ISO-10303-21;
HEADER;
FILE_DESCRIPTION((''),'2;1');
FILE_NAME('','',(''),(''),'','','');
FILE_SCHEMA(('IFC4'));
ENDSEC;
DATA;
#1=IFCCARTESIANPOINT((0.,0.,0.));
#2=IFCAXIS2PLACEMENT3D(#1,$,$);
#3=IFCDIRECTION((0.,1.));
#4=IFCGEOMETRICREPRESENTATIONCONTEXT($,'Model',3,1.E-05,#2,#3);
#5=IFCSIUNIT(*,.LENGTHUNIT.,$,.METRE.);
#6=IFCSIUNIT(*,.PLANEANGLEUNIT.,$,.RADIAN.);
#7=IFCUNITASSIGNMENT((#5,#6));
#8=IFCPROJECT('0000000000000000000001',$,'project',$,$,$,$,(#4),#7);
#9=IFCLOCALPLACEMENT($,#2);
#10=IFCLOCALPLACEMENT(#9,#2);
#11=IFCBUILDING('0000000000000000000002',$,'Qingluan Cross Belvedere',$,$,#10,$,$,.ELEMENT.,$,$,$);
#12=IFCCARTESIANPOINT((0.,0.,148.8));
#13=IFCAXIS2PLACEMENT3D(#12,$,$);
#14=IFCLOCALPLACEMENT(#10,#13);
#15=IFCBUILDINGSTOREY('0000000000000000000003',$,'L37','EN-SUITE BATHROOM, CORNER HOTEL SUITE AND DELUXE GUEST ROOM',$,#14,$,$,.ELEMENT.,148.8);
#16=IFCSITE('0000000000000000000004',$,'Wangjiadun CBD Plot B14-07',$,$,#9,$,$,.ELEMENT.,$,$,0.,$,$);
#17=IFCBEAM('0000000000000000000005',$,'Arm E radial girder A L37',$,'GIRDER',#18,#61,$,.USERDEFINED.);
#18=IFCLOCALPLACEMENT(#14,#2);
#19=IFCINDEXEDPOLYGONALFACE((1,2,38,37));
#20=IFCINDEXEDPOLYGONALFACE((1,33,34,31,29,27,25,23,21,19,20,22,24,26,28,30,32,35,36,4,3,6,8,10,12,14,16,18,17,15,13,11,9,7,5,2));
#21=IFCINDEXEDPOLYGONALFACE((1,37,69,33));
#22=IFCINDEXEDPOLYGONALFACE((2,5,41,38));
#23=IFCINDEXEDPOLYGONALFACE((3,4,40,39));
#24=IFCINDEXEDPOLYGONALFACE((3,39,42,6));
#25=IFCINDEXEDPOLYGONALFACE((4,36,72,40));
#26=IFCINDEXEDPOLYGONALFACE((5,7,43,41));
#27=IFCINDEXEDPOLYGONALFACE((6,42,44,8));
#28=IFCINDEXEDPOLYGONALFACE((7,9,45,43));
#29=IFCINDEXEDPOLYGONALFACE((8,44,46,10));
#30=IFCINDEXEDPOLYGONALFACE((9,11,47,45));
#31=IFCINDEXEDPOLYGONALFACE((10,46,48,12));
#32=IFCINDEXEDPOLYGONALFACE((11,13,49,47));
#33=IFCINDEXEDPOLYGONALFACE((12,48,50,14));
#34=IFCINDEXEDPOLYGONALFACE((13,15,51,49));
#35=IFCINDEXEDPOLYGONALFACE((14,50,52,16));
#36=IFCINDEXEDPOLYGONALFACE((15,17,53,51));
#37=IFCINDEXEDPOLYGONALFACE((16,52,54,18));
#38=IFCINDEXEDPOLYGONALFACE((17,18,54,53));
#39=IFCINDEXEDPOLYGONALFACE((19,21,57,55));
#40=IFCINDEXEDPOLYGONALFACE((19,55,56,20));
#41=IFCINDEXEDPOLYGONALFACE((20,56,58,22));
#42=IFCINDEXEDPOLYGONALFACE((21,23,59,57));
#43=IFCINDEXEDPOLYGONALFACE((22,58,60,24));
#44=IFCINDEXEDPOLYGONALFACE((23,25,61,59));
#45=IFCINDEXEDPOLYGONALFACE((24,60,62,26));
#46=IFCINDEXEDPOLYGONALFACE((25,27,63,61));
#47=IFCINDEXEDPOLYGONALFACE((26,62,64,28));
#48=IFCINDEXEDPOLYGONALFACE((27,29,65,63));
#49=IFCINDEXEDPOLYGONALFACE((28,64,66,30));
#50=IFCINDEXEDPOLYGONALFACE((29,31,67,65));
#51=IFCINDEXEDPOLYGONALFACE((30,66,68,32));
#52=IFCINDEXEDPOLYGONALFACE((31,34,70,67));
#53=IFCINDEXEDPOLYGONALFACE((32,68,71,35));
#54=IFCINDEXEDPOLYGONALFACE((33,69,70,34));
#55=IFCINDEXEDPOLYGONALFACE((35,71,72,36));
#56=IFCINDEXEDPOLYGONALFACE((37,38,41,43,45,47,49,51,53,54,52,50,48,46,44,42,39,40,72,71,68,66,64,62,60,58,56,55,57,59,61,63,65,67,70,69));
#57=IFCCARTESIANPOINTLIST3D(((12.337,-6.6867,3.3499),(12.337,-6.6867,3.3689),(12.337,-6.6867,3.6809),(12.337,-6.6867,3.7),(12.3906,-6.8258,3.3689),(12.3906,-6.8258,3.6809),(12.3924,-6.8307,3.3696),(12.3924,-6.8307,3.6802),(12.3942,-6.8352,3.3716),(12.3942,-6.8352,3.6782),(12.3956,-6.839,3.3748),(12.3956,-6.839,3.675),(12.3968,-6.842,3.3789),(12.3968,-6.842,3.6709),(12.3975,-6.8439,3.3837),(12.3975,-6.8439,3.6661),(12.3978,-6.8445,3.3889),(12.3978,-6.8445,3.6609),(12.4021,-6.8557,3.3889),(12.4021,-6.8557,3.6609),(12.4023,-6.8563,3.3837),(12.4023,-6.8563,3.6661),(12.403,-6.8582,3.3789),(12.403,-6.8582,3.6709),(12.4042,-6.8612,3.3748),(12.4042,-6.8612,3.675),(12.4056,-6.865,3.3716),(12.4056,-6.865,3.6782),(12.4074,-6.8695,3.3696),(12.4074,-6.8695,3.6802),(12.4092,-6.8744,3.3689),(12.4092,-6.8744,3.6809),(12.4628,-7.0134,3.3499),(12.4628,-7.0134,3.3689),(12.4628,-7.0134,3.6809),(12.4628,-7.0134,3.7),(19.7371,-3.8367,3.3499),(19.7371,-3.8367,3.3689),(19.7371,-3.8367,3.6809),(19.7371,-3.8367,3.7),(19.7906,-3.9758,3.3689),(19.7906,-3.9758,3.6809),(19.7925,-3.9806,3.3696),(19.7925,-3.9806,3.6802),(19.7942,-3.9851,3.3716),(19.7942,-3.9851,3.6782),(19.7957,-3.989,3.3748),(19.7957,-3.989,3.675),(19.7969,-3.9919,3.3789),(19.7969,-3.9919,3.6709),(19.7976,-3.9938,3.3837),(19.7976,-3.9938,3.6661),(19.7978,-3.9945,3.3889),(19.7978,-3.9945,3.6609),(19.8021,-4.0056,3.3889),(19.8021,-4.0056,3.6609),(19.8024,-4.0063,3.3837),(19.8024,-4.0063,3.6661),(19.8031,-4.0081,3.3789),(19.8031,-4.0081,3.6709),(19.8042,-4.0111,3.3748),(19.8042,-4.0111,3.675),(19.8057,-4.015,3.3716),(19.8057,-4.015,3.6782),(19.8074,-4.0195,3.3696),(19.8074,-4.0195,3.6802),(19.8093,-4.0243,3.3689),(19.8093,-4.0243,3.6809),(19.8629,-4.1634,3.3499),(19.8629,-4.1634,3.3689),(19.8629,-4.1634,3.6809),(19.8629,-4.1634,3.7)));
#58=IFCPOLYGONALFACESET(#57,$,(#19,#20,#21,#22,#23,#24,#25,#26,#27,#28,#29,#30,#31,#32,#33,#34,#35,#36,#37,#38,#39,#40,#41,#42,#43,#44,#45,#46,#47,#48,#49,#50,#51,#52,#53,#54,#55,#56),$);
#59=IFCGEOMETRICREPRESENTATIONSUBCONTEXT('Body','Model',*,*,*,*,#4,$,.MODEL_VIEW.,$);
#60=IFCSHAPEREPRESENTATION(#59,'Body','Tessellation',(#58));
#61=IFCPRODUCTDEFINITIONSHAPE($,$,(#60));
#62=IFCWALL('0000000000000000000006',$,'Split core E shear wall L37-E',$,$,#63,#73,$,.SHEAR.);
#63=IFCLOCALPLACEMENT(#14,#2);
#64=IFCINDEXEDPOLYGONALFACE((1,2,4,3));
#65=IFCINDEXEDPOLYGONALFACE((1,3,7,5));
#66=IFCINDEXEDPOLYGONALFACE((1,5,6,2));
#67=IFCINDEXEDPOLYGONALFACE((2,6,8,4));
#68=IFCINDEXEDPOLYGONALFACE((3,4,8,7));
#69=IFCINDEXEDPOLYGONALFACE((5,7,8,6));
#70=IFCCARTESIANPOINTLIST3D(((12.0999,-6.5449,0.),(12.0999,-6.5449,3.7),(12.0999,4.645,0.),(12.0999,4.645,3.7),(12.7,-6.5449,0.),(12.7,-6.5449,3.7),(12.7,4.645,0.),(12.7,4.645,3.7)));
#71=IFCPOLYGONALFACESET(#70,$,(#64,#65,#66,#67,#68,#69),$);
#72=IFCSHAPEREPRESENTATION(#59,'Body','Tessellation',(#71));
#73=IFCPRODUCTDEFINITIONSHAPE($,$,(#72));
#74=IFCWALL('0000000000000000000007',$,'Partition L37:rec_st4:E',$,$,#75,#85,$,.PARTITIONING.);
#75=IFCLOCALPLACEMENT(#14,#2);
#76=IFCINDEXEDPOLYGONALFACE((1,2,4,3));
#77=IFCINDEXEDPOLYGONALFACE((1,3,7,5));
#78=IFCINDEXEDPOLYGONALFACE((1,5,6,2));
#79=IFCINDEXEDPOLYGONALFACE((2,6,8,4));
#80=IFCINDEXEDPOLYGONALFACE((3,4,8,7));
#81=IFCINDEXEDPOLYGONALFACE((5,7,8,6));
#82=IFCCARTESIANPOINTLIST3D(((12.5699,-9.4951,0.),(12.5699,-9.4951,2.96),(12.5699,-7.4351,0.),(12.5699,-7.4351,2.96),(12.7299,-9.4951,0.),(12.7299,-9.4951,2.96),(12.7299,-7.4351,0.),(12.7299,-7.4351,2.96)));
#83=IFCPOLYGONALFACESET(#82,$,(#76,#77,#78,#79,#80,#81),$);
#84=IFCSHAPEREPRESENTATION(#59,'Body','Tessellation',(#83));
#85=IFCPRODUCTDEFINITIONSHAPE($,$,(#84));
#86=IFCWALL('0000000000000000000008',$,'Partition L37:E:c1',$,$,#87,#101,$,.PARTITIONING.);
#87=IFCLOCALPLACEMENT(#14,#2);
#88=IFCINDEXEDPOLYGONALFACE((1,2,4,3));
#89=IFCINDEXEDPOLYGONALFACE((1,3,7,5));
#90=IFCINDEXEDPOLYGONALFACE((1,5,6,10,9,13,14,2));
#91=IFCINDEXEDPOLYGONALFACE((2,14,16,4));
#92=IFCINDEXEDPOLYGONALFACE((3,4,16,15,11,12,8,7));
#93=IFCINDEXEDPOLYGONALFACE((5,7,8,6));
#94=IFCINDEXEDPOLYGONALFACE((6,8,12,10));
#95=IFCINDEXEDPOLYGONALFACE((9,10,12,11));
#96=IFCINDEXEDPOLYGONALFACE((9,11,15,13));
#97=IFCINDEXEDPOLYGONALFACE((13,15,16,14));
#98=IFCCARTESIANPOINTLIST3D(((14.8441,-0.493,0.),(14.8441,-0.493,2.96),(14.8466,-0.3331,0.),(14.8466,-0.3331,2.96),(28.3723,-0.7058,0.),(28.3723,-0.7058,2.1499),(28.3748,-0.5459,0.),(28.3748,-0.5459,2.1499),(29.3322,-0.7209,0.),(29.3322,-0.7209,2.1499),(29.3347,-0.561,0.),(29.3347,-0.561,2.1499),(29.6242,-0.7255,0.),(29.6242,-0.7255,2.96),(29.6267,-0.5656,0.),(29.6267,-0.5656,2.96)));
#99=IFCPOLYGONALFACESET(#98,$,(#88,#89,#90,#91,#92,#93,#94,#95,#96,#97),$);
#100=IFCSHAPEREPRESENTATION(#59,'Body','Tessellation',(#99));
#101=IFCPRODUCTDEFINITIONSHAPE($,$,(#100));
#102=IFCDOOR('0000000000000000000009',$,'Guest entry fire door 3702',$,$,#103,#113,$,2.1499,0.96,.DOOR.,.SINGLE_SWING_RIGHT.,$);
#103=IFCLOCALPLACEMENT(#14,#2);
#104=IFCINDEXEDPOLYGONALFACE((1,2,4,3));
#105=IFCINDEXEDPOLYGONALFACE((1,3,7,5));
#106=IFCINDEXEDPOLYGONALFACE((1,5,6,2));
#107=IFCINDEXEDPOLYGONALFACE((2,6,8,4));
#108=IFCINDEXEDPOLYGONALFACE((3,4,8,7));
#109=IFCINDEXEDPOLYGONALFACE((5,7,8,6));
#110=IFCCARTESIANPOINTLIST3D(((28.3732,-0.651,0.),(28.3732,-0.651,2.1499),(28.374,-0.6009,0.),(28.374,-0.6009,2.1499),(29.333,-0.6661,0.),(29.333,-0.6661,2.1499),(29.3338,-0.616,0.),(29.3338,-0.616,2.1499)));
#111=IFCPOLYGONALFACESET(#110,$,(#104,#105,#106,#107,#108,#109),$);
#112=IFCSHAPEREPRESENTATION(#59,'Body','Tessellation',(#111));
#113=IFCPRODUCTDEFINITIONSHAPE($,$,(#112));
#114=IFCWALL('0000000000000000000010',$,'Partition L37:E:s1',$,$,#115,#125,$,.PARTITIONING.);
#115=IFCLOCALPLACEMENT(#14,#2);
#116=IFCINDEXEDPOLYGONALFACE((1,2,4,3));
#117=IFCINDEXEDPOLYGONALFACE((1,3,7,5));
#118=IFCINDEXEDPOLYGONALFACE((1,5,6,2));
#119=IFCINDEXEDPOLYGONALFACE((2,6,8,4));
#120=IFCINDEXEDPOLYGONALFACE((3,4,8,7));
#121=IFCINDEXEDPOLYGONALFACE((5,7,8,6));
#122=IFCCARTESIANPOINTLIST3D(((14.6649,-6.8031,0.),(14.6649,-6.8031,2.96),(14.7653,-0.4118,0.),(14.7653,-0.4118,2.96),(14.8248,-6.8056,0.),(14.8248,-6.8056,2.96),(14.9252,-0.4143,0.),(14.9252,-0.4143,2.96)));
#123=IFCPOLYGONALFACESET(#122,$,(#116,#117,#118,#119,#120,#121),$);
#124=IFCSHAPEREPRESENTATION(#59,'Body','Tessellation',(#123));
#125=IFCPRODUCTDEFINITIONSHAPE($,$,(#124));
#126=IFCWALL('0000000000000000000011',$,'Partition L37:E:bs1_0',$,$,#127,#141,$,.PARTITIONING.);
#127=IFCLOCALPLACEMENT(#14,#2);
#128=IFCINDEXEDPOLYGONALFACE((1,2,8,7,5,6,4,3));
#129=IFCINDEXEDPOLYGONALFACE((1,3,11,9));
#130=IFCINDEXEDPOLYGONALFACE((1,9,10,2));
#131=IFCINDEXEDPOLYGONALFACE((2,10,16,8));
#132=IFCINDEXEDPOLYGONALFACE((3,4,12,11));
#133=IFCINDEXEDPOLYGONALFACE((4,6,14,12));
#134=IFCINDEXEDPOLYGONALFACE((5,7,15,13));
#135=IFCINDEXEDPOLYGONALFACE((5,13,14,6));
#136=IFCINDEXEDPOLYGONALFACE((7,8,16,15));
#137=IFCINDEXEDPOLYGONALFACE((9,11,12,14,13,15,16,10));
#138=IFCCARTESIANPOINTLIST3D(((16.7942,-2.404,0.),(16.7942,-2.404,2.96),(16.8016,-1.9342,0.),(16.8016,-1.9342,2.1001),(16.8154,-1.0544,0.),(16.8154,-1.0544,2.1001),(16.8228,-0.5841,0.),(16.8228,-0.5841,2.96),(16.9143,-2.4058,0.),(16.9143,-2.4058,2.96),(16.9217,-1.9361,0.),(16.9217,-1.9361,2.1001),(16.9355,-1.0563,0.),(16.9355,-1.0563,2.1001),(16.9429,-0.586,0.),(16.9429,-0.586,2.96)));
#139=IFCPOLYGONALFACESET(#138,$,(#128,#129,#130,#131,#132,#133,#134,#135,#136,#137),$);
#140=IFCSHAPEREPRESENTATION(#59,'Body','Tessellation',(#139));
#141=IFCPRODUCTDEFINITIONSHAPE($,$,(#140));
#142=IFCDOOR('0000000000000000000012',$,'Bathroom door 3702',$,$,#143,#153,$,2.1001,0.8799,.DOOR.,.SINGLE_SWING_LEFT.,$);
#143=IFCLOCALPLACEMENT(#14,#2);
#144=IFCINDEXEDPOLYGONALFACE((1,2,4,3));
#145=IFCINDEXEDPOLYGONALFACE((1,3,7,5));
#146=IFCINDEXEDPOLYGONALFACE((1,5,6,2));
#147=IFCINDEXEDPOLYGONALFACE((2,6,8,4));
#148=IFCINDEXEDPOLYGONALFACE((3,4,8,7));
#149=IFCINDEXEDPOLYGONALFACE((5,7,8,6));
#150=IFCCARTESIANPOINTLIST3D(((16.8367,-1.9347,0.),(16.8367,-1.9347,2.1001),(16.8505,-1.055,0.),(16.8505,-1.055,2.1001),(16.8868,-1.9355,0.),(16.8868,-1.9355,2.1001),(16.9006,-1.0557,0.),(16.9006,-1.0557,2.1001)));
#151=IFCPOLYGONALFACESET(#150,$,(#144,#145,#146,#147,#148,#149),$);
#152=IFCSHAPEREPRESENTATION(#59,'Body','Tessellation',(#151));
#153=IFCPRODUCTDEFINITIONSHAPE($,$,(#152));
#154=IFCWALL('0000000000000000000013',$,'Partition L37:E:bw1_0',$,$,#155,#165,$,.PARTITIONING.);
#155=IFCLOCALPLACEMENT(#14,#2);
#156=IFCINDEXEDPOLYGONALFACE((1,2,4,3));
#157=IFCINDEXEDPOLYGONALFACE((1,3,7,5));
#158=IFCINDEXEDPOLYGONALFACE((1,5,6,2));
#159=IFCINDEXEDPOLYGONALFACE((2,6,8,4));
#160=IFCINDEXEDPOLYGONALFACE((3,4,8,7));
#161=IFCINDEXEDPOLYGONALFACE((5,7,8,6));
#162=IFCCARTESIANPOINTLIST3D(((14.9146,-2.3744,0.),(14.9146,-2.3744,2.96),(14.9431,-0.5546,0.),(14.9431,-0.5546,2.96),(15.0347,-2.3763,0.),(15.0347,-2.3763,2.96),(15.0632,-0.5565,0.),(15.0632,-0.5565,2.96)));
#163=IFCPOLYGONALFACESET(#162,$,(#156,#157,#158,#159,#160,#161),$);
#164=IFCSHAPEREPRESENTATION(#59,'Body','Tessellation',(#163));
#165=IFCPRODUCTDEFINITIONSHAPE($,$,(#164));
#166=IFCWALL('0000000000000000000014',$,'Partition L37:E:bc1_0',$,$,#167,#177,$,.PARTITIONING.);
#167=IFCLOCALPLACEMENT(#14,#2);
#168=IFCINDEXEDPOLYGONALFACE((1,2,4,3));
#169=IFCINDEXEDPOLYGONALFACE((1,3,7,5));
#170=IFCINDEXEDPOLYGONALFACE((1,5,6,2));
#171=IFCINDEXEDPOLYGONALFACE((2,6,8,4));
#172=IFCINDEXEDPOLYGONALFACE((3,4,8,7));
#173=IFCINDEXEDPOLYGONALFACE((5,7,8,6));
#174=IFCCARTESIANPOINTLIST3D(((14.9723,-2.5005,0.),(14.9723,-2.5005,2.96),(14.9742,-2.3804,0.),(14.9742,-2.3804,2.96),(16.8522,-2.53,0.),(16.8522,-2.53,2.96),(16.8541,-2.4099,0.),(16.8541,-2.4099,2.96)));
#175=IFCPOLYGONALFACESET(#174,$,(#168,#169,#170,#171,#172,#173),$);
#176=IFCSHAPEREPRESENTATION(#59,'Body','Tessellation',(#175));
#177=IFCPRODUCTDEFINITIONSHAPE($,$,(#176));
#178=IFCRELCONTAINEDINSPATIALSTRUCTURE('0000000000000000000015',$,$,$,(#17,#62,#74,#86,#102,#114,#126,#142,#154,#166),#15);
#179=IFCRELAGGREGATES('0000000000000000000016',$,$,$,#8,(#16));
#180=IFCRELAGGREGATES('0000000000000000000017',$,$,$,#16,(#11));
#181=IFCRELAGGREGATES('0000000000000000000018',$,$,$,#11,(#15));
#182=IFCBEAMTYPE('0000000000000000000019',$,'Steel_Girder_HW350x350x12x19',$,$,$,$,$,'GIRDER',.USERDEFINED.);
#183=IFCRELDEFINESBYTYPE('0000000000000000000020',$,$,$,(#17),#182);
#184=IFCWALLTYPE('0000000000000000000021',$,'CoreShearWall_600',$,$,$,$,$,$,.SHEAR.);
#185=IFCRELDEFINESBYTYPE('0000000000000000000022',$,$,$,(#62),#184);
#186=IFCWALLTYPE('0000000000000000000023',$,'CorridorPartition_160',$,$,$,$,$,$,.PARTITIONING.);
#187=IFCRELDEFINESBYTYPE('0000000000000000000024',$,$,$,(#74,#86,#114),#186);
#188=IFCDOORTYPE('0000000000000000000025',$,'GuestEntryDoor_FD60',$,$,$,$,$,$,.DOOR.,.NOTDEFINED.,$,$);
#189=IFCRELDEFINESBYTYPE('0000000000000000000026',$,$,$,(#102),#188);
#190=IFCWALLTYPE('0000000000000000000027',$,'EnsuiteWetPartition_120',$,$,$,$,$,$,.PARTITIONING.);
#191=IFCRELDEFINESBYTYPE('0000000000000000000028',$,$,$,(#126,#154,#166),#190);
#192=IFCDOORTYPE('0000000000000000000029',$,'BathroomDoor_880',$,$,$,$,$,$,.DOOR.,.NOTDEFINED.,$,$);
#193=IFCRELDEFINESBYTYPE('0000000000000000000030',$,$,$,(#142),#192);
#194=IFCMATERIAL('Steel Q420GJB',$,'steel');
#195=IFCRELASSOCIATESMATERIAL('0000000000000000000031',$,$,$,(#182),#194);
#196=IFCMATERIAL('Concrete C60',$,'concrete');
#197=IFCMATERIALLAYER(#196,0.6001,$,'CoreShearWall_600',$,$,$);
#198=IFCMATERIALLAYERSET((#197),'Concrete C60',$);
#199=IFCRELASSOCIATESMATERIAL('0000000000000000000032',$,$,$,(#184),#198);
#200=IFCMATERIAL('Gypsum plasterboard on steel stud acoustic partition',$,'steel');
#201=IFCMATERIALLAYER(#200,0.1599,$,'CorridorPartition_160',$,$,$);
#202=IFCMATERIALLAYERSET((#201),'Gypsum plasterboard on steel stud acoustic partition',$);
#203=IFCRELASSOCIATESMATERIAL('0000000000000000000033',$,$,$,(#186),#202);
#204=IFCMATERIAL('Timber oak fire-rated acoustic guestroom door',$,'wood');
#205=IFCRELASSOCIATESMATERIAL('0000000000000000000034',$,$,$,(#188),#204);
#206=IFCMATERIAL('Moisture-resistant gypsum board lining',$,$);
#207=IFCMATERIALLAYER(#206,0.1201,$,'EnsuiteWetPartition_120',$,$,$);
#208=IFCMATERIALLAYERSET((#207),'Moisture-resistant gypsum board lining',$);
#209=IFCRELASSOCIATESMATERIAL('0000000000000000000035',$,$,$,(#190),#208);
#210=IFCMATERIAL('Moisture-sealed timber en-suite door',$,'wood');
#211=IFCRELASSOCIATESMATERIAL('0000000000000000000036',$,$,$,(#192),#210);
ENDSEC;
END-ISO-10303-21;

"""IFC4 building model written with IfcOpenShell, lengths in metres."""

from ifc_helpers import new_model, si_unit, direction, frame, frame_2d, origin, origin_2d, place, context, subcontext, project, spatial, rectangle, i_section, extrude, material, layer, layer_set, material_profile, profile_set, type_object, element, fill, save


model = new_model("IFC4")

# Units and contexts
model_context = context("Model", 3, precision=1e-05, world=origin(), true_north=direction((0.0, 1.0)))
body_context = subcontext(model_context, "Body", "Model", "MODEL_VIEW")
ifc_project = project(units=[si_unit("LENGTHUNIT", "METRE"), si_unit("PLANEANGLEUNIT", "RADIAN")], contexts=[model_context])

# Site, building, storey
site_placement = place(None, origin())
site = spatial("IfcSite", under=ifc_project, at=site_placement, Name="Wangjiadun CBD Plot B14-07", CompositionType="ELEMENT", RefElevation=0.0)
building_placement = place(site_placement, origin())
building = spatial("IfcBuilding", under=site, at=building_placement, Name="Qingluan Cross Belvedere", CompositionType="ELEMENT")
storey_placement = place(building_placement, frame((0.0, 0.0, 148.8)))
storey = spatial("IfcBuildingStorey", under=building, at=storey_placement, Name="L37", Description="EN-SUITE BATHROOM, CORNER HOTEL SUITE AND DELUXE GUEST ROOM", CompositionType="ELEMENT", Elevation=148.8)

# Beam
ifc_material_1 = material(Name="Steel Q420GJB", Category="steel")
ifc_material_profile_1 = material_profile(ifc_material_1, i_section(OverallWidth=0.3501, OverallDepth=0.3501, WebThickness=0.012, FlangeThickness=0.019, FilletRadius=0.02, at=origin_2d()), Name="HW350x350x12x19")
ifc_profile_set_1 = profile_set([ifc_material_profile_1], Name="Steel Q420GJB")
beam_type_1 = type_object("IfcBeamType", Name="Steel_Girder_HW350x350x12x19", ElementType="GIRDER", PredefinedType="USERDEFINED", material=ifc_profile_set_1)
beam_1_placement = place(storey_placement, frame((12.3999, -6.8501, 3.5249), z_axis=(0.933181, 0.359406, 0.0), x_axis=(-0.359406, 0.933181, 0.0)))
element("IfcBeam", 1, at=beam_1_placement, inside=storey, type_object=beam_type_1, Name="Arm E radial girder A L37", ObjectType="GIRDER", PredefinedType="USERDEFINED", context=body_context, shape_type="SweptSolid", body=[
    extrude(i_section(OverallWidth=0.3501, OverallDepth=0.3501, WebThickness=0.012, FlangeThickness=0.019, FilletRadius=0.02, at=origin_2d()), origin(), (0.0, 0.0, 1.0), 7.9299),
])

# Walls
ifc_material_2 = material(Name="Concrete C60", Category="concrete")
ifc_layer_1 = layer(ifc_material_2, 0.6001, Name="CoreShearWall_600")
ifc_layer_set_1 = layer_set([ifc_layer_1], Name="Concrete C60")
wall_type_1 = type_object("IfcWallType", Name="CoreShearWall_600", PredefinedType="SHEAR", material=ifc_layer_set_1)
wall_1_placement = place(storey_placement, frame((12.3999, -6.5449, 0.0), z_axis=(0.0, 0.0, 1.0), x_axis=(0.0, 1.0, 0.0)))
element("IfcWall", 2, at=wall_1_placement, inside=storey, type_object=wall_type_1, Name="Split core E shear wall L37-E", PredefinedType="SHEAR", context=body_context, shape_type="SweptSolid", body=[
    extrude(rectangle(XDim=11.1899, YDim=0.6001, at=frame_2d((5.595, 0.0))), origin(), (0.0, 0.0, 1.0), 3.7),
])
ifc_material_3 = material(Name="Gypsum plasterboard on steel stud acoustic partition", Category="steel")
ifc_layer_2 = layer(ifc_material_3, 0.1599, Name="CorridorPartition_160")
ifc_layer_set_2 = layer_set([ifc_layer_2], Name="Gypsum plasterboard on steel stud acoustic partition")
wall_type_2 = type_object("IfcWallType", Name="CorridorPartition_160", PredefinedType="PARTITIONING", material=ifc_layer_set_2)
wall_2_placement = place(storey_placement, frame((12.6499, -9.4951, 0.0), z_axis=(0.0, 0.0, 1.0), x_axis=(0.0, 1.0, 0.0)))
element("IfcWall", 3, at=wall_2_placement, inside=storey, type_object=wall_type_2, Name="Partition L37:rec_st4:E", PredefinedType="PARTITIONING", context=body_context, shape_type="SweptSolid", body=[
    extrude(rectangle(XDim=2.0601, YDim=0.1599, at=frame_2d((1.03, 0.0))), origin(), (0.0, 0.0, 1.0), 2.96),
])

# Wall, opening, door
wall_3_placement = place(storey_placement, frame((14.8452, -0.4131, 0.0), z_axis=(0.0, 0.0, 1.0), x_axis=(0.999876, -0.015723, 0.0)))
wall_3 = element("IfcWall", 4, at=wall_3_placement, inside=storey, type_object=wall_type_2, Name="Partition L37:E:c1", PredefinedType="PARTITIONING", context=body_context, shape_type="SweptSolid", body=[
    extrude(rectangle(XDim=14.782, YDim=0.1599, at=frame_2d((7.3911, 0.0))), origin(), (0.0, 0.0, 1.0), 2.96),
])
opening_1_placement = place(wall_3_placement, frame((13.53, 0.0, 0.0)))
opening_1 = element("IfcOpeningElement", 5, at=opening_1_placement, cuts=wall_3, PredefinedType="OPENING", context=body_context, shape_type="SweptSolid", body=[
    extrude(rectangle(XDim=0.96, YDim=2.1499, at=frame_2d((0.48, 1.075))), frame((0.0, 0.0898, 0.0), z_axis=(0.0, -1.0, 0.0), x_axis=(1.0, 0.0, 0.0)), (0.0, 0.0, 1.0), 0.1799),
])
ifc_material_4 = material(Name="Timber oak fire-rated acoustic guestroom door", Category="wood")
door_type_1 = type_object("IfcDoorType", Name="GuestEntryDoor_FD60", OperationType="NOTDEFINED", PredefinedType="DOOR", material=ifc_material_4)
door_1_placement = place(opening_1_placement, origin())
door_1 = element("IfcDoor", 6, at=door_1_placement, inside=storey, type_object=door_type_1, Name="Guest entry fire door 3702", OperationType="SINGLE_SWING_RIGHT", OverallHeight=2.1499, OverallWidth=0.96, PredefinedType="DOOR", context=body_context, shape_type="SweptSolid", body=[
    extrude(rectangle(XDim=0.96, YDim=2.1499, at=frame_2d((0.48, 1.075))), frame((0.0, 0.0249, 0.0), z_axis=(0.0, -1.0, 0.0), x_axis=(1.0, 0.0, 0.0)), (0.0, 0.0, 1.0), 0.05),
])
fill(opening_1, door_1)

# Wall
wall_4_placement = place(storey_placement, frame((14.8452, -0.4131, 0.0), z_axis=(0.0, 0.0, 1.0), x_axis=(-0.015698, -0.999877, 0.0)))
element("IfcWall", 7, at=wall_4_placement, inside=storey, type_object=wall_type_2, Name="Partition L37:E:s1", PredefinedType="PARTITIONING", context=body_context, shape_type="SweptSolid", body=[
    extrude(rectangle(XDim=6.3921, YDim=0.1599, at=frame_2d((3.196, 0.0))), origin(), (0.0, 0.0, 1.0), 2.96),
])

# Wall, opening, door
ifc_material_5 = material(Name="Moisture-resistant gypsum board lining")
ifc_layer_3 = layer(ifc_material_5, 0.1201, Name="EnsuiteWetPartition_120")
ifc_layer_set_3 = layer_set([ifc_layer_3], Name="Moisture-resistant gypsum board lining")
wall_type_3 = type_object("IfcWallType", Name="EnsuiteWetPartition_120", PredefinedType="PARTITIONING", material=ifc_layer_set_3)
wall_5_placement = place(storey_placement, frame((16.8542, -2.405, 0.0), z_axis=(0.0, 0.0, 1.0), x_axis=(0.015694, 0.999877, 0.0)))
wall_5 = element("IfcWall", 8, at=wall_5_placement, inside=storey, type_object=wall_type_3, Name="Partition L37:E:bs1_0", PredefinedType="PARTITIONING", context=body_context, shape_type="SweptSolid", body=[
    extrude(rectangle(XDim=1.8201, YDim=0.1201, at=frame_2d((0.9102, 0.0))), origin(), (0.0, 0.0, 1.0), 2.96),
])
opening_2_placement = place(wall_5_placement, frame((0.47, 0.0, 0.0)))
opening_2 = element("IfcOpeningElement", 9, at=opening_2_placement, cuts=wall_5, PredefinedType="OPENING", context=body_context, shape_type="SweptSolid", body=[
    extrude(rectangle(XDim=0.8799, YDim=2.1001, at=frame_2d((0.4399, 1.05))), frame((0.0, 0.0701, 0.0), z_axis=(0.0, -1.0, 0.0), x_axis=(1.0, 0.0, 0.0)), (0.0, 0.0, 1.0), 0.1401),
])
ifc_material_6 = material(Name="Moisture-sealed timber en-suite door", Category="wood")
door_type_2 = type_object("IfcDoorType", Name="BathroomDoor_880", OperationType="NOTDEFINED", PredefinedType="DOOR", material=ifc_material_6)
door_2_placement = place(opening_2_placement, origin())
door_2 = element("IfcDoor", 10, at=door_2_placement, inside=storey, type_object=door_type_2, Name="Bathroom door 3702", OperationType="SINGLE_SWING_LEFT", OverallHeight=2.1001, OverallWidth=0.8799, PredefinedType="DOOR", context=body_context, shape_type="SweptSolid", body=[
    extrude(rectangle(XDim=0.8799, YDim=2.1001, at=frame_2d((0.4399, 1.05))), frame((0.0, 0.0249, 0.0), z_axis=(0.0, -1.0, 0.0), x_axis=(1.0, 0.0, 0.0)), (0.0, 0.0, 1.0), 0.05),
])
fill(opening_2, door_2)

# Walls
wall_6_placement = place(storey_placement, frame((14.9746, -2.3755, 0.0), z_axis=(0.0, 0.0, 1.0), x_axis=(0.015694, 0.999877, 0.0)))
element("IfcWall", 11, at=wall_6_placement, inside=storey, type_object=wall_type_3, Name="Partition L37:E:bw1_0", PredefinedType="PARTITIONING", context=body_context, shape_type="SweptSolid", body=[
    extrude(rectangle(XDim=1.8201, YDim=0.1201, at=frame_2d((0.9102, 0.0))), origin(), (0.0, 0.0, 1.0), 2.96),
])
wall_7_placement = place(storey_placement, frame((14.9734, -2.4404, 0.0), z_axis=(0.0, 0.0, 1.0), x_axis=(0.999877, -0.015712, 0.0)))
element("IfcWall", 12, at=wall_7_placement, inside=storey, type_object=wall_type_3, Name="Partition L37:E:bc1_0", PredefinedType="PARTITIONING", context=body_context, shape_type="SweptSolid", body=[
    extrude(rectangle(XDim=1.8801, YDim=0.1201, at=frame_2d((0.9399, 0.0))), origin(), (0.0, 0.0, 1.0), 2.96),
])

save(model, "model.ifc")
